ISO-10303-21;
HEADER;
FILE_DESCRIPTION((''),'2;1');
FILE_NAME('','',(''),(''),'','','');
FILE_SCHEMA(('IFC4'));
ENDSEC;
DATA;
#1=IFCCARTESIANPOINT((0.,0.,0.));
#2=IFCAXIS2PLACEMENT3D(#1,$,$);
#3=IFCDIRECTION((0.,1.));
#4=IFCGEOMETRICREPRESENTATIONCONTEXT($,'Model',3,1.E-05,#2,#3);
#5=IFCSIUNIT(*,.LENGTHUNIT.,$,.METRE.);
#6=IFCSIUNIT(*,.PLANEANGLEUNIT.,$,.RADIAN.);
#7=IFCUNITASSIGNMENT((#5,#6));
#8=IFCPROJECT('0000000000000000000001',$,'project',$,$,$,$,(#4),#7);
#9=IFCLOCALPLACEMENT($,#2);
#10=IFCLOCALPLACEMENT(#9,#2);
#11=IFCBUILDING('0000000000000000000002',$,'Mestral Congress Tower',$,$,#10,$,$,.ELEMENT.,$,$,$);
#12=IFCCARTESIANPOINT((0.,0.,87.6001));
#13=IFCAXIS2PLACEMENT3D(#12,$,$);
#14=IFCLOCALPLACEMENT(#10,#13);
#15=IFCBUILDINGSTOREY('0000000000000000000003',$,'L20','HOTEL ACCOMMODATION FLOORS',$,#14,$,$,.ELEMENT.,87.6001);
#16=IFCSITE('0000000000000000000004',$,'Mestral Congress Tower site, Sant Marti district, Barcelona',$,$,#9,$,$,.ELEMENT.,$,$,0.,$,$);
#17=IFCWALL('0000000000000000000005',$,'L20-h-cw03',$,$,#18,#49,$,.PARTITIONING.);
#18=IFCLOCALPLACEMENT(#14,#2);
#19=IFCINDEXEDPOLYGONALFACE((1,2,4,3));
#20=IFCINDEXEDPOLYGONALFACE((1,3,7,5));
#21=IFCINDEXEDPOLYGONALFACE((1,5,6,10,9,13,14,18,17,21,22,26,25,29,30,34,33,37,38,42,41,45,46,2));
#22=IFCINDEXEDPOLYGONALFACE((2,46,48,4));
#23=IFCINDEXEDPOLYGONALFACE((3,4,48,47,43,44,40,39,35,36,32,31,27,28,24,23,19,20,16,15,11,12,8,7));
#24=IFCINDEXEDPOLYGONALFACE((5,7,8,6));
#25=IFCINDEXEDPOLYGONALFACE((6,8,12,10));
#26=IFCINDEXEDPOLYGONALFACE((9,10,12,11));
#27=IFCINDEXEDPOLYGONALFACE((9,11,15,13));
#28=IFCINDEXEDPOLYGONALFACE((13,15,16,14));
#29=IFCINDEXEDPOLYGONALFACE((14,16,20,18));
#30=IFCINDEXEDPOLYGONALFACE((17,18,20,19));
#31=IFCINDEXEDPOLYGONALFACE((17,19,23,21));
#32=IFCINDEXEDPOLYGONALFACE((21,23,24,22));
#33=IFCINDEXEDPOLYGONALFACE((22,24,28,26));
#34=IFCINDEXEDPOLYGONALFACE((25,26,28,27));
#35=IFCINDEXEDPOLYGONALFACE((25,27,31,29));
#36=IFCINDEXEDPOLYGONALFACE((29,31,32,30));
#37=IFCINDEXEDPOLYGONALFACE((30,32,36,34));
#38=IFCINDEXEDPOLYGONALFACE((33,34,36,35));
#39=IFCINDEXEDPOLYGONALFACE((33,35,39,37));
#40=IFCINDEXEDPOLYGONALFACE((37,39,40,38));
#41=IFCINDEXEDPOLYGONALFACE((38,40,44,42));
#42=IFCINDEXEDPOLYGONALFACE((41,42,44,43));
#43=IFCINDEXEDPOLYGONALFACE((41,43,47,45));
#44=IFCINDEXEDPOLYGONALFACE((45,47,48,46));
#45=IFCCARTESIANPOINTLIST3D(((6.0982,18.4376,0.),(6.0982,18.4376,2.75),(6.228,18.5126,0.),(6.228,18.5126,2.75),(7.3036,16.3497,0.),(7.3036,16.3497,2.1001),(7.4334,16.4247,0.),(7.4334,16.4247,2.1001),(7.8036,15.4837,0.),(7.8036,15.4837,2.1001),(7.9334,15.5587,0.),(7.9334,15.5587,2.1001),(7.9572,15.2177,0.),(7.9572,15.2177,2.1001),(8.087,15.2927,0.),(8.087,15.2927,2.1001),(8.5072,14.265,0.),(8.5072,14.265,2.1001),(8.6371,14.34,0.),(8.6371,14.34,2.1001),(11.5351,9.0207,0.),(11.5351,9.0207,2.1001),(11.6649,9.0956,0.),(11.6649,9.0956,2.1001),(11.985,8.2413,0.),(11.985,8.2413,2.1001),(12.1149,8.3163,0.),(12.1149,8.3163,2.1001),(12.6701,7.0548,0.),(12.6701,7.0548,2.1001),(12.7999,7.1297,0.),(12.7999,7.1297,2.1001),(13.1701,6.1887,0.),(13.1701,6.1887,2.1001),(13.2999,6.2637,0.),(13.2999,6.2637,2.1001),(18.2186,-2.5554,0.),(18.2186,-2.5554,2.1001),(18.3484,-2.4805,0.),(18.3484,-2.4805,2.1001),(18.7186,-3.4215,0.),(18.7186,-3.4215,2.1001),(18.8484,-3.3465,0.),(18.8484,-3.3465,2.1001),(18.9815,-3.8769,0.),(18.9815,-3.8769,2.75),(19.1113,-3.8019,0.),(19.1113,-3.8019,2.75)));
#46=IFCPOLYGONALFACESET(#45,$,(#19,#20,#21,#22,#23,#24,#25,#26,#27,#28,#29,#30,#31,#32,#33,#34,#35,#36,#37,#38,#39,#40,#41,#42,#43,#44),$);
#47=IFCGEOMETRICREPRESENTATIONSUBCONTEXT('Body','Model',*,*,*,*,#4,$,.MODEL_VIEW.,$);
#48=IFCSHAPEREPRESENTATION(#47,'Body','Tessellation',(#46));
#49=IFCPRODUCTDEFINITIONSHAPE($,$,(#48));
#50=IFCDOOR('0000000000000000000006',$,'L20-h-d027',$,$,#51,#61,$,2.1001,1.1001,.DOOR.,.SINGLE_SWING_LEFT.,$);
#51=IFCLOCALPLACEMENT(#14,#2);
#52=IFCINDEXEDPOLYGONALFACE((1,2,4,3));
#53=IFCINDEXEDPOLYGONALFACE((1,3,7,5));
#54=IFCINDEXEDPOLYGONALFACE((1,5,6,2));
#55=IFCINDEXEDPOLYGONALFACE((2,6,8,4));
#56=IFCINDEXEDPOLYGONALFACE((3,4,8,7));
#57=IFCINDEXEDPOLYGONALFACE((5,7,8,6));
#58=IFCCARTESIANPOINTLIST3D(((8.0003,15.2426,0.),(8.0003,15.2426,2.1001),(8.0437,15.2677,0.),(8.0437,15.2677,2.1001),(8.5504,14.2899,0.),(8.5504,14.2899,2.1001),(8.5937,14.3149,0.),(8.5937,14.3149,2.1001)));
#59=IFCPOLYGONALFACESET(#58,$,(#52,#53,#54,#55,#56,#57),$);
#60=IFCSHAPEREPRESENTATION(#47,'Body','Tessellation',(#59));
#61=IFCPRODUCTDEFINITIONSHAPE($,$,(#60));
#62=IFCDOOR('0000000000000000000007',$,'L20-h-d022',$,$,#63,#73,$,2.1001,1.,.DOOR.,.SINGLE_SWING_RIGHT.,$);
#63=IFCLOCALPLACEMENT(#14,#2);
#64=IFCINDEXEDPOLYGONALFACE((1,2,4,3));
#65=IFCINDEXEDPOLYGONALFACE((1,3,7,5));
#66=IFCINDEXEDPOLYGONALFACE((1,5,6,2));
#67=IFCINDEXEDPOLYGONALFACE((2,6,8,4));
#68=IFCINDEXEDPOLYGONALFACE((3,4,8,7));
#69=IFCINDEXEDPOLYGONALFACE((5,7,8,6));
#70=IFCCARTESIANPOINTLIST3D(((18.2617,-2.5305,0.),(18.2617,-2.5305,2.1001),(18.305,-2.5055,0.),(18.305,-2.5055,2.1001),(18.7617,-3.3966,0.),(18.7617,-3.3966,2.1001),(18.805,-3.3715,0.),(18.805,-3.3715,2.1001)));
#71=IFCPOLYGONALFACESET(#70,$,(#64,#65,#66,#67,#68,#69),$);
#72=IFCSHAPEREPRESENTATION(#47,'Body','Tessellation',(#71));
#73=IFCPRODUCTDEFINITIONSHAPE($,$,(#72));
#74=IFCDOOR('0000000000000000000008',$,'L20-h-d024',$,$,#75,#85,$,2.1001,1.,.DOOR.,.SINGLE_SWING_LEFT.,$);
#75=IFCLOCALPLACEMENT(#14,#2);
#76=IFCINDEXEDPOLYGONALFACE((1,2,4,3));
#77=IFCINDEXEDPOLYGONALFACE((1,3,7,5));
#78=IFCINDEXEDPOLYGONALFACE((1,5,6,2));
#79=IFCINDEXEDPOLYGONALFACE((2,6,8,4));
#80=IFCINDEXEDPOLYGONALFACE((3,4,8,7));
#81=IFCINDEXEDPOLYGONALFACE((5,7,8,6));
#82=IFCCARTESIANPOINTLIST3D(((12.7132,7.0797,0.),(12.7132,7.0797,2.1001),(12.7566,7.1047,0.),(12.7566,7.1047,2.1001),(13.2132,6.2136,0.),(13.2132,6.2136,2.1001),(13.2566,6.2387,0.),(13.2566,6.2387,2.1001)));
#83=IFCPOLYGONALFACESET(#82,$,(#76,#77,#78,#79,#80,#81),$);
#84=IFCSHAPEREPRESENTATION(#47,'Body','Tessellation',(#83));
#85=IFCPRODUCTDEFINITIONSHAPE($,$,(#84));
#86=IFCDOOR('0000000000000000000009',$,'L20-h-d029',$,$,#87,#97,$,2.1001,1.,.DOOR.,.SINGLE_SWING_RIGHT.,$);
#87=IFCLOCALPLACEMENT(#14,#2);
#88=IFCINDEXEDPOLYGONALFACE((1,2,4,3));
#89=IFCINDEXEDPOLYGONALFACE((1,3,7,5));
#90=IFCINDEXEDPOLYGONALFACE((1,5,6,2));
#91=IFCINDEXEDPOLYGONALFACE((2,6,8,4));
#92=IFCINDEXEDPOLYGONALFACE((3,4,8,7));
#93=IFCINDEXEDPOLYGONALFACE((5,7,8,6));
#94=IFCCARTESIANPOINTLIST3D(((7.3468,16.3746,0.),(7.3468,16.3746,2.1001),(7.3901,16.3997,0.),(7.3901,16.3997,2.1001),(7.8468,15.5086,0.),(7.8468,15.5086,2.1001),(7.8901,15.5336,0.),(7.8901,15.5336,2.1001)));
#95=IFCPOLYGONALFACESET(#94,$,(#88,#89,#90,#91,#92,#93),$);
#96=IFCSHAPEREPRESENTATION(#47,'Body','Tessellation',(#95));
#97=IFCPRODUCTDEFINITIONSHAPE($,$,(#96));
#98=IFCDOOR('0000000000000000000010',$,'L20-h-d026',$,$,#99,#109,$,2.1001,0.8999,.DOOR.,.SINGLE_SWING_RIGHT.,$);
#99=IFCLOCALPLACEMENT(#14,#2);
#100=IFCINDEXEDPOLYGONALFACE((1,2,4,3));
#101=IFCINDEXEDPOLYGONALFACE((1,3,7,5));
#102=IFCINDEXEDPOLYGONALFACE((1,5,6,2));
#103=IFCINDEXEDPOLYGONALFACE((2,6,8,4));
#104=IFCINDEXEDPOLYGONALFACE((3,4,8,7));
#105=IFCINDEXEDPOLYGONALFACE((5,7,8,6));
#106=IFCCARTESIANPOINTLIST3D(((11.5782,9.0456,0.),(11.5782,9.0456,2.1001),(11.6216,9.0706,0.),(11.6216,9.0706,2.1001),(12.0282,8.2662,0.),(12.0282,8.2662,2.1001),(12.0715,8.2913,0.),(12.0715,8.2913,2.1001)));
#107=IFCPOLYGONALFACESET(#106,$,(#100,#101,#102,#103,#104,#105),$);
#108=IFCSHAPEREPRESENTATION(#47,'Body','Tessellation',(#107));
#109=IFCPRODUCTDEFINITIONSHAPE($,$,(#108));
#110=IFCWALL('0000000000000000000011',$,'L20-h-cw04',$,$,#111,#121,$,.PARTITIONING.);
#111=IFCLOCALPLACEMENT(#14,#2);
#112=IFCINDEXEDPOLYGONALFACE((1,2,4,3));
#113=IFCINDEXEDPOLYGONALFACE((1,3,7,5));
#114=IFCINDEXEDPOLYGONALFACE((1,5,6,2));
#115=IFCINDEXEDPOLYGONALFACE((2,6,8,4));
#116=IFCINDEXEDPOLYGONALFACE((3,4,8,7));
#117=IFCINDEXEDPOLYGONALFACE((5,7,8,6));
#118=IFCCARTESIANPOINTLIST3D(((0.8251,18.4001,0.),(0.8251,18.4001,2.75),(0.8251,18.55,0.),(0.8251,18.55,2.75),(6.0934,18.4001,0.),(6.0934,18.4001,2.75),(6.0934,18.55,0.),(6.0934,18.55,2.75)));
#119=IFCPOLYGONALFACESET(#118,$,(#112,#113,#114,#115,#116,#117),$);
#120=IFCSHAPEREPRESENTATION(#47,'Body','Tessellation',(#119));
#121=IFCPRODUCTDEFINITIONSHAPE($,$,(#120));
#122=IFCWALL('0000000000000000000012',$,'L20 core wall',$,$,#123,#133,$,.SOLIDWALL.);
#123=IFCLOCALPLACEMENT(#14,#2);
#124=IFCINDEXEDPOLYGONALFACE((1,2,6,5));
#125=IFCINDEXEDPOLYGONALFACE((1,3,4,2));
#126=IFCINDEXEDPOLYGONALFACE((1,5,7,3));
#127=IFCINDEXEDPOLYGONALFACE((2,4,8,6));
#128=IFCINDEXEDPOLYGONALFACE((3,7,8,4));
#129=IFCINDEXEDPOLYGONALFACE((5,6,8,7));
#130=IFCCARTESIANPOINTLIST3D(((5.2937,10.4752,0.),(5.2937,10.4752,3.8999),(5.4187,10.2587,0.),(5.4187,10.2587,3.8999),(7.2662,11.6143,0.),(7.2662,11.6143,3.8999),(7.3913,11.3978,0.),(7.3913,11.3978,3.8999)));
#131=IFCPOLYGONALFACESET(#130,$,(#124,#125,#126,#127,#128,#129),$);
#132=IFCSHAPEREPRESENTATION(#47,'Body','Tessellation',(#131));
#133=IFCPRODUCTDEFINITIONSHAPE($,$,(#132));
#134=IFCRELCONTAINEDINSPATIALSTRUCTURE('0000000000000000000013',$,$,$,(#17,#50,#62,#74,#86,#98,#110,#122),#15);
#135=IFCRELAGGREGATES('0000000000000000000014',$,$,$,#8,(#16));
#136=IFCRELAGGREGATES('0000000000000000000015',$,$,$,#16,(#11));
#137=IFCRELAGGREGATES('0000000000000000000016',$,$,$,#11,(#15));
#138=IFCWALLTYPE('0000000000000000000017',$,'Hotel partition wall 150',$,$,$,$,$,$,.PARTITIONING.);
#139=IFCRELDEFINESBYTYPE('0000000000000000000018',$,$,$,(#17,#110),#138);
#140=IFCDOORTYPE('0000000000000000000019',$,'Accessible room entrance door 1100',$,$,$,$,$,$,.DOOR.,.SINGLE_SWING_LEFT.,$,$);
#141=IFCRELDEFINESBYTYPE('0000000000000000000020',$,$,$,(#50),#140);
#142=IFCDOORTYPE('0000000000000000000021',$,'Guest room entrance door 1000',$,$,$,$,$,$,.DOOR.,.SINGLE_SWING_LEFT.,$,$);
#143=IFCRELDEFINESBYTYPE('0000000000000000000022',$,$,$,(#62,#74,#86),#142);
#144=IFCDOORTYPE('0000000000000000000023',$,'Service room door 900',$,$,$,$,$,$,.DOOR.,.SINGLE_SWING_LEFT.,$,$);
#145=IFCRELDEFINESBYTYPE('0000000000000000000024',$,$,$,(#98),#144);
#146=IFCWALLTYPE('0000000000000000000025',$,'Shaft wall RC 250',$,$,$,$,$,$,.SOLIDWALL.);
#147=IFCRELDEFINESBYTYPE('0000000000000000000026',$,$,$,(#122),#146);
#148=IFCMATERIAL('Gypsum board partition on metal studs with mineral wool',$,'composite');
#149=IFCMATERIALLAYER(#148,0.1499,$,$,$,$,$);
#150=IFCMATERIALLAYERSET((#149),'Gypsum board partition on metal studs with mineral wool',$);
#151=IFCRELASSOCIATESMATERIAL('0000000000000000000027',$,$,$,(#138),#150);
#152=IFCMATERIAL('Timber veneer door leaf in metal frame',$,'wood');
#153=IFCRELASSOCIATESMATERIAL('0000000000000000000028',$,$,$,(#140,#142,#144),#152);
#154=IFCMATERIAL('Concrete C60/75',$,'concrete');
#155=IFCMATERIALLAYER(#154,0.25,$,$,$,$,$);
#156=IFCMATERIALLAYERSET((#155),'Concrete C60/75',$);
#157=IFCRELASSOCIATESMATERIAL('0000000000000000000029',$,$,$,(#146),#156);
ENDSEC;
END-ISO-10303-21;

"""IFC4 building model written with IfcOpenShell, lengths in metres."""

from ifc_helpers import new_model, si_unit, direction, frame, frame_2d, origin, place, context, subcontext, project, spatial, rectangle, extrude, material, layer, layer_set, type_object, element, fill, save


model = new_model("IFC4")

# Units and contexts
model_context = context("Model", 3, precision=1e-05, world=origin(), true_north=direction((0.0, 1.0)))
body_context = subcontext(model_context, "Body", "Model", "MODEL_VIEW")
ifc_project = project(units=[si_unit("LENGTHUNIT", "METRE"), si_unit("PLANEANGLEUNIT", "RADIAN")], contexts=[model_context])

# Site, building, storey
site_placement = place(None, origin())
site = spatial("IfcSite", under=ifc_project, at=site_placement, Name="Mestral Congress Tower site, Sant Marti district, Barcelona", CompositionType="ELEMENT", RefElevation=0.0)
building_placement = place(site_placement, origin())
building = spatial("IfcBuilding", under=site, at=building_placement, Name="Mestral Congress Tower", CompositionType="ELEMENT")
storey_placement = place(building_placement, frame((0.0, 0.0, 87.6001)))
storey = spatial("IfcBuildingStorey", under=building, at=storey_placement, Name="L20", Description="HOTEL ACCOMMODATION FLOORS", CompositionType="ELEMENT", Elevation=87.6001)

# Shared definitions
ifc_material_1 = material(Name="Concrete C60/75", Category="concrete")

# Shared definitions
ifc_material_2 = material(Name="Gypsum board partition on metal studs with mineral wool", Category="composite")

# Wall, openings, doors
ifc_layer_1 = layer(ifc_material_2, 0.1499)
ifc_layer_set_1 = layer_set([ifc_layer_1], Name="Gypsum board partition on metal studs with mineral wool")
wall_type_1 = type_object("IfcWallType", Name="Hotel partition wall 150", PredefinedType="PARTITIONING", material=ifc_layer_set_1)
wall_1_placement = place(storey_placement, frame((6.1631, 18.4751, 0.0), z_axis=(0.0, 0.0, 1.0), x_axis=(0.500001, -0.866025, 0.0)))
wall_1 = element("IfcWall", 1, at=wall_1_placement, inside=storey, type_object=wall_type_1, Name="L20-h-cw03", PredefinedType="PARTITIONING", context=body_context, shape_type="SweptSolid", body=[
    extrude(rectangle(XDim=25.7666, YDim=0.1499, at=frame_2d((12.8833, 0.0))), origin(), (0.0, 0.0, 1.0), 2.75),
])
opening_1_placement = place(wall_1_placement, frame((24.2407, 0.0, 0.0)))
opening_1 = element("IfcOpeningElement", 2, at=opening_1_placement, cuts=wall_1, PredefinedType="OPENING", context=body_context, shape_type="SweptSolid", body=[
    extrude(rectangle(XDim=1.0, YDim=2.1001, at=frame_2d((0.5, 1.05))), frame((0.0, 0.085, 0.0), z_axis=(0.0, -1.0, 0.0), x_axis=(1.0, 0.0, 0.0)), (0.0, 0.0, 1.0), 0.1699),
])
opening_2_placement = place(wall_1_placement, frame((13.1438, 0.0, 0.0)))
opening_2 = element("IfcOpeningElement", 3, at=opening_2_placement, cuts=wall_1, PredefinedType="OPENING", context=body_context, shape_type="SweptSolid", body=[
    extrude(rectangle(XDim=1.0, YDim=2.1001, at=frame_2d((0.5, 1.05))), frame((0.0, 0.085, 0.0), z_axis=(0.0, -1.0, 0.0), x_axis=(1.0, 0.0, 0.0)), (0.0, 0.0, 1.0), 0.1699),
])
opening_3_placement = place(wall_1_placement, frame((10.8738, 0.0, 0.0)))
opening_3 = element("IfcOpeningElement", 4, at=opening_3_placement, cuts=wall_1, PredefinedType="OPENING", context=body_context, shape_type="SweptSolid", body=[
    extrude(rectangle(XDim=0.8999, YDim=2.1001, at=frame_2d((0.45, 1.05))), frame((0.0, 0.085, 0.0), z_axis=(0.0, -1.0, 0.0), x_axis=(1.0, 0.0, 0.0)), (0.0, 0.0, 1.0), 0.1699),
])
opening_4_placement = place(wall_1_placement, frame((3.718, 0.0, 0.0)))
opening_4 = element("IfcOpeningElement", 5, at=opening_4_placement, cuts=wall_1, PredefinedType="OPENING", context=body_context, shape_type="SweptSolid", body=[
    extrude(rectangle(XDim=1.1001, YDim=2.1001, at=frame_2d((0.55, 1.05))), frame((0.0, 0.085, 0.0), z_axis=(0.0, -1.0, 0.0), x_axis=(1.0, 0.0, 0.0)), (0.0, 0.0, 1.0), 0.1699),
])
opening_5_placement = place(wall_1_placement, frame((2.4109, 0.0, 0.0)))
opening_5 = element("IfcOpeningElement", 6, at=opening_5_placement, cuts=wall_1, PredefinedType="OPENING", context=body_context, shape_type="SweptSolid", body=[
    extrude(rectangle(XDim=1.0, YDim=2.1001, at=frame_2d((0.5, 1.05))), frame((0.0, 0.085, 0.0), z_axis=(0.0, -1.0, 0.0), x_axis=(1.0, 0.0, 0.0)), (0.0, 0.0, 1.0), 0.1699),
])
ifc_material_3 = material(Name="Timber veneer door leaf in metal frame", Category="wood")
door_type_1 = type_object("IfcDoorType", Name="Accessible room entrance door 1100", OperationType="SINGLE_SWING_LEFT", PredefinedType="DOOR", material=ifc_material_3)
door_1_placement = place(opening_4_placement, origin())
door_1 = element("IfcDoor", 7, at=door_1_placement, inside=storey, type_object=door_type_1, Name="L20-h-d027", OperationType="SINGLE_SWING_LEFT", OverallHeight=2.1001, OverallWidth=1.1001, PredefinedType="DOOR", context=body_context, shape_type="SweptSolid", body=[
    extrude(rectangle(XDim=1.1001, YDim=2.1001, at=frame_2d((0.55, 1.05))), frame((0.0, 0.0249, 0.0), z_axis=(0.0, -1.0, 0.0), x_axis=(1.0, 0.0, 0.0)), (0.0, 0.0, 1.0), 0.05),
])
fill(opening_4, door_1)
door_type_2 = type_object("IfcDoorType", Name="Guest room entrance door 1000", OperationType="SINGLE_SWING_LEFT", PredefinedType="DOOR", material=ifc_material_3)
door_2_placement = place(opening_1_placement, origin())
door_2 = element("IfcDoor", 8, at=door_2_placement, inside=storey, type_object=door_type_2, Name="L20-h-d022", OperationType="SINGLE_SWING_RIGHT", OverallHeight=2.1001, OverallWidth=1.0, PredefinedType="DOOR", context=body_context, shape_type="SweptSolid", body=[
    extrude(rectangle(XDim=1.0, YDim=2.1001, at=frame_2d((0.5, 1.05))), frame((0.0, 0.0249, 0.0), z_axis=(0.0, -1.0, 0.0), x_axis=(1.0, 0.0, 0.0)), (0.0, 0.0, 1.0), 0.05),
])
fill(opening_1, door_2)
door_3_placement = place(opening_2_placement, origin())
door_3 = element("IfcDoor", 9, at=door_3_placement, inside=storey, type_object=door_type_2, Name="L20-h-d024", OperationType="SINGLE_SWING_LEFT", OverallHeight=2.1001, OverallWidth=1.0, PredefinedType="DOOR", context=body_context, shape_type="SweptSolid", body=[
    extrude(rectangle(XDim=1.0, YDim=2.1001, at=frame_2d((0.5, 1.05))), frame((0.0, 0.0249, 0.0), z_axis=(0.0, -1.0, 0.0), x_axis=(1.0, 0.0, 0.0)), (0.0, 0.0, 1.0), 0.05),
])
fill(opening_2, door_3)
door_4_placement = place(opening_5_placement, origin())
door_4 = element("IfcDoor", 10, at=door_4_placement, inside=storey, type_object=door_type_2, Name="L20-h-d029", OperationType="SINGLE_SWING_RIGHT", OverallHeight=2.1001, OverallWidth=1.0, PredefinedType="DOOR", context=body_context, shape_type="SweptSolid", body=[
    extrude(rectangle(XDim=1.0, YDim=2.1001, at=frame_2d((0.5, 1.05))), frame((0.0, 0.0249, 0.0), z_axis=(0.0, -1.0, 0.0), x_axis=(1.0, 0.0, 0.0)), (0.0, 0.0, 1.0), 0.05),
])
fill(opening_5, door_4)
door_type_3 = type_object("IfcDoorType", Name="Service room door 900", OperationType="SINGLE_SWING_LEFT", PredefinedType="DOOR", material=ifc_material_3)
door_5_placement = place(opening_3_placement, origin())
door_5 = element("IfcDoor", 11, at=door_5_placement, inside=storey, type_object=door_type_3, Name="L20-h-d026", OperationType="SINGLE_SWING_RIGHT", OverallHeight=2.1001, OverallWidth=0.8999, PredefinedType="DOOR", context=body_context, shape_type="SweptSolid", body=[
    extrude(rectangle(XDim=0.8999, YDim=2.1001, at=frame_2d((0.45, 1.05))), frame((0.0, 0.0249, 0.0), z_axis=(0.0, -1.0, 0.0), x_axis=(1.0, 0.0, 0.0)), (0.0, 0.0, 1.0), 0.05),
])
fill(opening_3, door_5)

# Walls
wall_2_placement = place(storey_placement, frame((0.825, 18.4751, 0.0), z_axis=(0.0, 0.0, 1.0), x_axis=(1.0, 0.0, 0.0)))
element("IfcWall", 12, at=wall_2_placement, inside=storey, type_object=wall_type_1, Name="L20-h-cw04", PredefinedType="PARTITIONING", context=body_context, shape_type="SweptSolid", body=[
    extrude(rectangle(XDim=5.2683, YDim=0.1499, at=frame_2d((2.6343, 0.0))), origin(), (0.0, 0.0, 1.0), 2.75),
])
ifc_layer_2 = layer(ifc_material_1, 0.25)
ifc_layer_set_2 = layer_set([ifc_layer_2], Name="Concrete C60/75")
wall_type_2 = type_object("IfcWallType", Name="Shaft wall RC 250", PredefinedType="SOLIDWALL", material=ifc_layer_set_2)
wall_3_placement = place(storey_placement, frame((5.3562, 10.3669, 0.0), z_axis=(0.0, 0.0, 1.0), x_axis=(0.865979, 0.500081, 0.0)))
element("IfcWall", 13, at=wall_3_placement, inside=storey, type_object=wall_type_2, Name="L20 core wall", PredefinedType="SOLIDWALL", context=body_context, shape_type="SweptSolid", body=[
    extrude(rectangle(XDim=2.2778, YDim=0.25, at=frame_2d((1.1389, 0.0))), origin(), (0.0, 0.0, 1.0), 3.8999),
])

save(model, "model.ifc")
